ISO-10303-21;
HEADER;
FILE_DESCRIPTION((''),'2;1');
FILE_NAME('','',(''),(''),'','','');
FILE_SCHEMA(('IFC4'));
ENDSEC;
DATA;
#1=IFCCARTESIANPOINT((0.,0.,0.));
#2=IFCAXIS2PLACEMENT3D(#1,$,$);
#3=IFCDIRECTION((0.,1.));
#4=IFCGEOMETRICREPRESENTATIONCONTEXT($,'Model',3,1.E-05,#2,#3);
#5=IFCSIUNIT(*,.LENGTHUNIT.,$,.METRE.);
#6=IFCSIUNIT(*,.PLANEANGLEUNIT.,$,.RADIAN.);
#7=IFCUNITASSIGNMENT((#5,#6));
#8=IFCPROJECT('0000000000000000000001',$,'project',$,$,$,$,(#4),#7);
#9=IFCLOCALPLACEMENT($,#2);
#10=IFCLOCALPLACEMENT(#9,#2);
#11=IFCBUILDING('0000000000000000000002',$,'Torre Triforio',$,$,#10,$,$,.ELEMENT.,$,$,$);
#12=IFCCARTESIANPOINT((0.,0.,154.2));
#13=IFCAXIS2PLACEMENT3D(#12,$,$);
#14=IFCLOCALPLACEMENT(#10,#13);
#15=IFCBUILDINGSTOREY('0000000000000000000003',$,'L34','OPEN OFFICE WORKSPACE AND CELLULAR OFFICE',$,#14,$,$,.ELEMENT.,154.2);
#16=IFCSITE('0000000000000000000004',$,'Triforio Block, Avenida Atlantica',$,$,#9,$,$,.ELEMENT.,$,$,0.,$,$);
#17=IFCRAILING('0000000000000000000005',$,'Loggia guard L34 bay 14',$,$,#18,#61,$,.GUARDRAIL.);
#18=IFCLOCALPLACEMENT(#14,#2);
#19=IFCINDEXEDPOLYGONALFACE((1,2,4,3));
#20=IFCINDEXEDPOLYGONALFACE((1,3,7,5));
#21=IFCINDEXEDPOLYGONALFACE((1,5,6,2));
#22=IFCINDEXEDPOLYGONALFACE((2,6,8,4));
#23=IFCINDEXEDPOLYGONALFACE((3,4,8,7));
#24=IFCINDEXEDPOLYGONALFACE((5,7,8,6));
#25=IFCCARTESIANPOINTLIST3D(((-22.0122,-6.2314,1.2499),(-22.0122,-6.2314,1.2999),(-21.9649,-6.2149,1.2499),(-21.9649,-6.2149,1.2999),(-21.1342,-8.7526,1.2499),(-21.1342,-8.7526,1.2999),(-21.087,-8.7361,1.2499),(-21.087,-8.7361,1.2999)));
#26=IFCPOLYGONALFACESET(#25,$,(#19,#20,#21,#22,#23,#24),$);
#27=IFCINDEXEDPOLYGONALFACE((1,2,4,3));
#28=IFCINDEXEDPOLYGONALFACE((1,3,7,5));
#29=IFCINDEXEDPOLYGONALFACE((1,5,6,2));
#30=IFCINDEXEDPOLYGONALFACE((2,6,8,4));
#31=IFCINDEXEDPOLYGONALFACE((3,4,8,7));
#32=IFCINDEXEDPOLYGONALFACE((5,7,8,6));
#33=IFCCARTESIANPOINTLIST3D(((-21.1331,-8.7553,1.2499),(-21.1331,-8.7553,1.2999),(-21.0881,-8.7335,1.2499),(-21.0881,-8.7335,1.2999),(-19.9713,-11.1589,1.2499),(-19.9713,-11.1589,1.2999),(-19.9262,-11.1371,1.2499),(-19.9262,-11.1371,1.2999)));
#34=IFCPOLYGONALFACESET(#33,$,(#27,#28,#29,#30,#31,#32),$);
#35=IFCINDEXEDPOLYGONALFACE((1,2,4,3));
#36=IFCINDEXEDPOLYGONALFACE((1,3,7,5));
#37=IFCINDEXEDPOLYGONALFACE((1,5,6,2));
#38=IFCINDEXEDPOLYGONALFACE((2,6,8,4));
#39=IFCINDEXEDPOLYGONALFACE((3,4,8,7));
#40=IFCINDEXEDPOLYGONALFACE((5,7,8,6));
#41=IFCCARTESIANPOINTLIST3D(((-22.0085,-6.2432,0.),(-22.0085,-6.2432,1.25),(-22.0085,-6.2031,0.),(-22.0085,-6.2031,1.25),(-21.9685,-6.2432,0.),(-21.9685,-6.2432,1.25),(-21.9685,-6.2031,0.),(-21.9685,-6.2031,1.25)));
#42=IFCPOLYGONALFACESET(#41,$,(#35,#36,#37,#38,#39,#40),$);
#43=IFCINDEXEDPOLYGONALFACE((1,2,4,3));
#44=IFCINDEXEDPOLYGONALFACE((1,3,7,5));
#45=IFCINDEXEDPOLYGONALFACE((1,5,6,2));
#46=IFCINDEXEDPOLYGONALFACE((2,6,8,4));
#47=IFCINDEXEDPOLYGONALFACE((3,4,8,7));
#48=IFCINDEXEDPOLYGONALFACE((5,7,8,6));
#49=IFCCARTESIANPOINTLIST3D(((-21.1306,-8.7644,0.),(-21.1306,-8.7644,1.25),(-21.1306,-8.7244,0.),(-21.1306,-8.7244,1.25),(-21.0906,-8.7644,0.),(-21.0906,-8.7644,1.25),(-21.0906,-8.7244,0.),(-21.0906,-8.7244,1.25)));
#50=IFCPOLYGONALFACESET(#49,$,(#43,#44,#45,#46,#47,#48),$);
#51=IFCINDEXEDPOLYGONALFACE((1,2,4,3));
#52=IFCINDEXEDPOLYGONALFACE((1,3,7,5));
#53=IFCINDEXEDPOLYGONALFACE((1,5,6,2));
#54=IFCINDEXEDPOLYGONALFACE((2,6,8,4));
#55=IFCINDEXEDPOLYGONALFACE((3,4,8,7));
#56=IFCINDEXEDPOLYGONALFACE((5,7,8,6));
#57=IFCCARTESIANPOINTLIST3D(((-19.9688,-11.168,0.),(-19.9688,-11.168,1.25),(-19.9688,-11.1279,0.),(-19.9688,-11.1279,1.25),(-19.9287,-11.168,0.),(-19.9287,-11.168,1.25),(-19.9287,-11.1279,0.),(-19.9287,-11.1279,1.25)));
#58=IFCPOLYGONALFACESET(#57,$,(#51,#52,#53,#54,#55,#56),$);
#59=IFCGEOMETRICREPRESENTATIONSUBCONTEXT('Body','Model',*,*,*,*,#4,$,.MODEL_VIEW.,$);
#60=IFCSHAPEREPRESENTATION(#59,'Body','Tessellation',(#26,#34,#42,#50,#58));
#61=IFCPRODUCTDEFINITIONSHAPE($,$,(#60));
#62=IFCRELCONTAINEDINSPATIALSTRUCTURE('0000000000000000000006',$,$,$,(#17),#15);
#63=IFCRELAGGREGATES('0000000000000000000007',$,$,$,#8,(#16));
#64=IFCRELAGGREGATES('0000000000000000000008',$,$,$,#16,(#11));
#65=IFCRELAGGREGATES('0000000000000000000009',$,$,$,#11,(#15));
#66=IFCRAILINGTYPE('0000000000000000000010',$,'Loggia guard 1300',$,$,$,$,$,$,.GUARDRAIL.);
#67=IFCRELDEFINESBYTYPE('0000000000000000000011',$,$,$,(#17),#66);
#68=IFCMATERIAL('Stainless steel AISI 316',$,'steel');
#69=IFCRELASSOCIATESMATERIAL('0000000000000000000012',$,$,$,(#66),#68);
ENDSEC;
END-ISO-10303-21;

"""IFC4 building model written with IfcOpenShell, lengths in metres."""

from ifc_helpers import new_model, si_unit, direction, frame, origin, origin_2d, place, context, subcontext, project, spatial, rectangle, extrude, material, type_object, element, save


model = new_model("IFC4")

# Units and contexts
model_context = context("Model", 3, precision=1e-05, world=origin(), true_north=direction((0.0, 1.0)))
body_context = subcontext(model_context, "Body", "Model", "MODEL_VIEW")
ifc_project = project(units=[si_unit("LENGTHUNIT", "METRE"), si_unit("PLANEANGLEUNIT", "RADIAN")], contexts=[model_context])

# Site, building, storey
site_placement = place(None, origin())
site = spatial("IfcSite", under=ifc_project, at=site_placement, Name="Triforio Block, Avenida Atlantica", CompositionType="ELEMENT", RefElevation=0.0)
building_placement = place(site_placement, origin())
building = spatial("IfcBuilding", under=site, at=building_placement, Name="Torre Triforio", CompositionType="ELEMENT")
storey_placement = place(building_placement, frame((0.0, 0.0, 154.2)))
storey = spatial("IfcBuildingStorey", under=building, at=storey_placement, Name="L34", Description="OPEN OFFICE WORKSPACE AND CELLULAR OFFICE", CompositionType="ELEMENT", Elevation=154.2)

# Railing
ifc_material_1 = material(Name="Stainless steel AISI 316", Category="steel")
railing_type = type_object("IfcRailingType", Name="Loggia guard 1300", PredefinedType="GUARDRAIL", material=ifc_material_1)
railing_1_placement = place(storey_placement, frame((-21.9885, -6.2231, 0.0)))
element("IfcRailing", 1, at=railing_1_placement, inside=storey, type_object=railing_type, Name="Loggia guard L34 bay 14", PredefinedType="GUARDRAIL", context=body_context, shape_type="SweptSolid", body=[
    extrude(rectangle(XDim=0.05, YDim=0.05, at=origin_2d()), frame((0.0, 0.0, 1.2749), z_axis=(0.328847, -0.944383, 0.0), x_axis=(0.944383, 0.328847, 0.0)), (0.0, 0.0, 1.0), 2.6697),
    extrude(rectangle(XDim=0.05, YDim=0.05, at=origin_2d()), frame((0.8779, -2.5212, 1.2749), z_axis=(0.435212, -0.900328, 0.0), x_axis=(0.900328, 0.435212, 0.0)), (0.0, 0.0, 1.0), 2.6697),
    extrude(rectangle(XDim=0.04, YDim=0.04, at=origin_2d()), origin(), (0.0, 0.0, 1.0), 1.25),
    extrude(rectangle(XDim=0.04, YDim=0.04, at=origin_2d()), frame((0.8779, -2.5212, 0.0)), (0.0, 0.0, 1.0), 1.25),
    extrude(rectangle(XDim=0.04, YDim=0.04, at=origin_2d()), frame((2.0398, -4.9248, 0.0)), (0.0, 0.0, 1.0), 1.25),
])

save(model, "model.ifc")
